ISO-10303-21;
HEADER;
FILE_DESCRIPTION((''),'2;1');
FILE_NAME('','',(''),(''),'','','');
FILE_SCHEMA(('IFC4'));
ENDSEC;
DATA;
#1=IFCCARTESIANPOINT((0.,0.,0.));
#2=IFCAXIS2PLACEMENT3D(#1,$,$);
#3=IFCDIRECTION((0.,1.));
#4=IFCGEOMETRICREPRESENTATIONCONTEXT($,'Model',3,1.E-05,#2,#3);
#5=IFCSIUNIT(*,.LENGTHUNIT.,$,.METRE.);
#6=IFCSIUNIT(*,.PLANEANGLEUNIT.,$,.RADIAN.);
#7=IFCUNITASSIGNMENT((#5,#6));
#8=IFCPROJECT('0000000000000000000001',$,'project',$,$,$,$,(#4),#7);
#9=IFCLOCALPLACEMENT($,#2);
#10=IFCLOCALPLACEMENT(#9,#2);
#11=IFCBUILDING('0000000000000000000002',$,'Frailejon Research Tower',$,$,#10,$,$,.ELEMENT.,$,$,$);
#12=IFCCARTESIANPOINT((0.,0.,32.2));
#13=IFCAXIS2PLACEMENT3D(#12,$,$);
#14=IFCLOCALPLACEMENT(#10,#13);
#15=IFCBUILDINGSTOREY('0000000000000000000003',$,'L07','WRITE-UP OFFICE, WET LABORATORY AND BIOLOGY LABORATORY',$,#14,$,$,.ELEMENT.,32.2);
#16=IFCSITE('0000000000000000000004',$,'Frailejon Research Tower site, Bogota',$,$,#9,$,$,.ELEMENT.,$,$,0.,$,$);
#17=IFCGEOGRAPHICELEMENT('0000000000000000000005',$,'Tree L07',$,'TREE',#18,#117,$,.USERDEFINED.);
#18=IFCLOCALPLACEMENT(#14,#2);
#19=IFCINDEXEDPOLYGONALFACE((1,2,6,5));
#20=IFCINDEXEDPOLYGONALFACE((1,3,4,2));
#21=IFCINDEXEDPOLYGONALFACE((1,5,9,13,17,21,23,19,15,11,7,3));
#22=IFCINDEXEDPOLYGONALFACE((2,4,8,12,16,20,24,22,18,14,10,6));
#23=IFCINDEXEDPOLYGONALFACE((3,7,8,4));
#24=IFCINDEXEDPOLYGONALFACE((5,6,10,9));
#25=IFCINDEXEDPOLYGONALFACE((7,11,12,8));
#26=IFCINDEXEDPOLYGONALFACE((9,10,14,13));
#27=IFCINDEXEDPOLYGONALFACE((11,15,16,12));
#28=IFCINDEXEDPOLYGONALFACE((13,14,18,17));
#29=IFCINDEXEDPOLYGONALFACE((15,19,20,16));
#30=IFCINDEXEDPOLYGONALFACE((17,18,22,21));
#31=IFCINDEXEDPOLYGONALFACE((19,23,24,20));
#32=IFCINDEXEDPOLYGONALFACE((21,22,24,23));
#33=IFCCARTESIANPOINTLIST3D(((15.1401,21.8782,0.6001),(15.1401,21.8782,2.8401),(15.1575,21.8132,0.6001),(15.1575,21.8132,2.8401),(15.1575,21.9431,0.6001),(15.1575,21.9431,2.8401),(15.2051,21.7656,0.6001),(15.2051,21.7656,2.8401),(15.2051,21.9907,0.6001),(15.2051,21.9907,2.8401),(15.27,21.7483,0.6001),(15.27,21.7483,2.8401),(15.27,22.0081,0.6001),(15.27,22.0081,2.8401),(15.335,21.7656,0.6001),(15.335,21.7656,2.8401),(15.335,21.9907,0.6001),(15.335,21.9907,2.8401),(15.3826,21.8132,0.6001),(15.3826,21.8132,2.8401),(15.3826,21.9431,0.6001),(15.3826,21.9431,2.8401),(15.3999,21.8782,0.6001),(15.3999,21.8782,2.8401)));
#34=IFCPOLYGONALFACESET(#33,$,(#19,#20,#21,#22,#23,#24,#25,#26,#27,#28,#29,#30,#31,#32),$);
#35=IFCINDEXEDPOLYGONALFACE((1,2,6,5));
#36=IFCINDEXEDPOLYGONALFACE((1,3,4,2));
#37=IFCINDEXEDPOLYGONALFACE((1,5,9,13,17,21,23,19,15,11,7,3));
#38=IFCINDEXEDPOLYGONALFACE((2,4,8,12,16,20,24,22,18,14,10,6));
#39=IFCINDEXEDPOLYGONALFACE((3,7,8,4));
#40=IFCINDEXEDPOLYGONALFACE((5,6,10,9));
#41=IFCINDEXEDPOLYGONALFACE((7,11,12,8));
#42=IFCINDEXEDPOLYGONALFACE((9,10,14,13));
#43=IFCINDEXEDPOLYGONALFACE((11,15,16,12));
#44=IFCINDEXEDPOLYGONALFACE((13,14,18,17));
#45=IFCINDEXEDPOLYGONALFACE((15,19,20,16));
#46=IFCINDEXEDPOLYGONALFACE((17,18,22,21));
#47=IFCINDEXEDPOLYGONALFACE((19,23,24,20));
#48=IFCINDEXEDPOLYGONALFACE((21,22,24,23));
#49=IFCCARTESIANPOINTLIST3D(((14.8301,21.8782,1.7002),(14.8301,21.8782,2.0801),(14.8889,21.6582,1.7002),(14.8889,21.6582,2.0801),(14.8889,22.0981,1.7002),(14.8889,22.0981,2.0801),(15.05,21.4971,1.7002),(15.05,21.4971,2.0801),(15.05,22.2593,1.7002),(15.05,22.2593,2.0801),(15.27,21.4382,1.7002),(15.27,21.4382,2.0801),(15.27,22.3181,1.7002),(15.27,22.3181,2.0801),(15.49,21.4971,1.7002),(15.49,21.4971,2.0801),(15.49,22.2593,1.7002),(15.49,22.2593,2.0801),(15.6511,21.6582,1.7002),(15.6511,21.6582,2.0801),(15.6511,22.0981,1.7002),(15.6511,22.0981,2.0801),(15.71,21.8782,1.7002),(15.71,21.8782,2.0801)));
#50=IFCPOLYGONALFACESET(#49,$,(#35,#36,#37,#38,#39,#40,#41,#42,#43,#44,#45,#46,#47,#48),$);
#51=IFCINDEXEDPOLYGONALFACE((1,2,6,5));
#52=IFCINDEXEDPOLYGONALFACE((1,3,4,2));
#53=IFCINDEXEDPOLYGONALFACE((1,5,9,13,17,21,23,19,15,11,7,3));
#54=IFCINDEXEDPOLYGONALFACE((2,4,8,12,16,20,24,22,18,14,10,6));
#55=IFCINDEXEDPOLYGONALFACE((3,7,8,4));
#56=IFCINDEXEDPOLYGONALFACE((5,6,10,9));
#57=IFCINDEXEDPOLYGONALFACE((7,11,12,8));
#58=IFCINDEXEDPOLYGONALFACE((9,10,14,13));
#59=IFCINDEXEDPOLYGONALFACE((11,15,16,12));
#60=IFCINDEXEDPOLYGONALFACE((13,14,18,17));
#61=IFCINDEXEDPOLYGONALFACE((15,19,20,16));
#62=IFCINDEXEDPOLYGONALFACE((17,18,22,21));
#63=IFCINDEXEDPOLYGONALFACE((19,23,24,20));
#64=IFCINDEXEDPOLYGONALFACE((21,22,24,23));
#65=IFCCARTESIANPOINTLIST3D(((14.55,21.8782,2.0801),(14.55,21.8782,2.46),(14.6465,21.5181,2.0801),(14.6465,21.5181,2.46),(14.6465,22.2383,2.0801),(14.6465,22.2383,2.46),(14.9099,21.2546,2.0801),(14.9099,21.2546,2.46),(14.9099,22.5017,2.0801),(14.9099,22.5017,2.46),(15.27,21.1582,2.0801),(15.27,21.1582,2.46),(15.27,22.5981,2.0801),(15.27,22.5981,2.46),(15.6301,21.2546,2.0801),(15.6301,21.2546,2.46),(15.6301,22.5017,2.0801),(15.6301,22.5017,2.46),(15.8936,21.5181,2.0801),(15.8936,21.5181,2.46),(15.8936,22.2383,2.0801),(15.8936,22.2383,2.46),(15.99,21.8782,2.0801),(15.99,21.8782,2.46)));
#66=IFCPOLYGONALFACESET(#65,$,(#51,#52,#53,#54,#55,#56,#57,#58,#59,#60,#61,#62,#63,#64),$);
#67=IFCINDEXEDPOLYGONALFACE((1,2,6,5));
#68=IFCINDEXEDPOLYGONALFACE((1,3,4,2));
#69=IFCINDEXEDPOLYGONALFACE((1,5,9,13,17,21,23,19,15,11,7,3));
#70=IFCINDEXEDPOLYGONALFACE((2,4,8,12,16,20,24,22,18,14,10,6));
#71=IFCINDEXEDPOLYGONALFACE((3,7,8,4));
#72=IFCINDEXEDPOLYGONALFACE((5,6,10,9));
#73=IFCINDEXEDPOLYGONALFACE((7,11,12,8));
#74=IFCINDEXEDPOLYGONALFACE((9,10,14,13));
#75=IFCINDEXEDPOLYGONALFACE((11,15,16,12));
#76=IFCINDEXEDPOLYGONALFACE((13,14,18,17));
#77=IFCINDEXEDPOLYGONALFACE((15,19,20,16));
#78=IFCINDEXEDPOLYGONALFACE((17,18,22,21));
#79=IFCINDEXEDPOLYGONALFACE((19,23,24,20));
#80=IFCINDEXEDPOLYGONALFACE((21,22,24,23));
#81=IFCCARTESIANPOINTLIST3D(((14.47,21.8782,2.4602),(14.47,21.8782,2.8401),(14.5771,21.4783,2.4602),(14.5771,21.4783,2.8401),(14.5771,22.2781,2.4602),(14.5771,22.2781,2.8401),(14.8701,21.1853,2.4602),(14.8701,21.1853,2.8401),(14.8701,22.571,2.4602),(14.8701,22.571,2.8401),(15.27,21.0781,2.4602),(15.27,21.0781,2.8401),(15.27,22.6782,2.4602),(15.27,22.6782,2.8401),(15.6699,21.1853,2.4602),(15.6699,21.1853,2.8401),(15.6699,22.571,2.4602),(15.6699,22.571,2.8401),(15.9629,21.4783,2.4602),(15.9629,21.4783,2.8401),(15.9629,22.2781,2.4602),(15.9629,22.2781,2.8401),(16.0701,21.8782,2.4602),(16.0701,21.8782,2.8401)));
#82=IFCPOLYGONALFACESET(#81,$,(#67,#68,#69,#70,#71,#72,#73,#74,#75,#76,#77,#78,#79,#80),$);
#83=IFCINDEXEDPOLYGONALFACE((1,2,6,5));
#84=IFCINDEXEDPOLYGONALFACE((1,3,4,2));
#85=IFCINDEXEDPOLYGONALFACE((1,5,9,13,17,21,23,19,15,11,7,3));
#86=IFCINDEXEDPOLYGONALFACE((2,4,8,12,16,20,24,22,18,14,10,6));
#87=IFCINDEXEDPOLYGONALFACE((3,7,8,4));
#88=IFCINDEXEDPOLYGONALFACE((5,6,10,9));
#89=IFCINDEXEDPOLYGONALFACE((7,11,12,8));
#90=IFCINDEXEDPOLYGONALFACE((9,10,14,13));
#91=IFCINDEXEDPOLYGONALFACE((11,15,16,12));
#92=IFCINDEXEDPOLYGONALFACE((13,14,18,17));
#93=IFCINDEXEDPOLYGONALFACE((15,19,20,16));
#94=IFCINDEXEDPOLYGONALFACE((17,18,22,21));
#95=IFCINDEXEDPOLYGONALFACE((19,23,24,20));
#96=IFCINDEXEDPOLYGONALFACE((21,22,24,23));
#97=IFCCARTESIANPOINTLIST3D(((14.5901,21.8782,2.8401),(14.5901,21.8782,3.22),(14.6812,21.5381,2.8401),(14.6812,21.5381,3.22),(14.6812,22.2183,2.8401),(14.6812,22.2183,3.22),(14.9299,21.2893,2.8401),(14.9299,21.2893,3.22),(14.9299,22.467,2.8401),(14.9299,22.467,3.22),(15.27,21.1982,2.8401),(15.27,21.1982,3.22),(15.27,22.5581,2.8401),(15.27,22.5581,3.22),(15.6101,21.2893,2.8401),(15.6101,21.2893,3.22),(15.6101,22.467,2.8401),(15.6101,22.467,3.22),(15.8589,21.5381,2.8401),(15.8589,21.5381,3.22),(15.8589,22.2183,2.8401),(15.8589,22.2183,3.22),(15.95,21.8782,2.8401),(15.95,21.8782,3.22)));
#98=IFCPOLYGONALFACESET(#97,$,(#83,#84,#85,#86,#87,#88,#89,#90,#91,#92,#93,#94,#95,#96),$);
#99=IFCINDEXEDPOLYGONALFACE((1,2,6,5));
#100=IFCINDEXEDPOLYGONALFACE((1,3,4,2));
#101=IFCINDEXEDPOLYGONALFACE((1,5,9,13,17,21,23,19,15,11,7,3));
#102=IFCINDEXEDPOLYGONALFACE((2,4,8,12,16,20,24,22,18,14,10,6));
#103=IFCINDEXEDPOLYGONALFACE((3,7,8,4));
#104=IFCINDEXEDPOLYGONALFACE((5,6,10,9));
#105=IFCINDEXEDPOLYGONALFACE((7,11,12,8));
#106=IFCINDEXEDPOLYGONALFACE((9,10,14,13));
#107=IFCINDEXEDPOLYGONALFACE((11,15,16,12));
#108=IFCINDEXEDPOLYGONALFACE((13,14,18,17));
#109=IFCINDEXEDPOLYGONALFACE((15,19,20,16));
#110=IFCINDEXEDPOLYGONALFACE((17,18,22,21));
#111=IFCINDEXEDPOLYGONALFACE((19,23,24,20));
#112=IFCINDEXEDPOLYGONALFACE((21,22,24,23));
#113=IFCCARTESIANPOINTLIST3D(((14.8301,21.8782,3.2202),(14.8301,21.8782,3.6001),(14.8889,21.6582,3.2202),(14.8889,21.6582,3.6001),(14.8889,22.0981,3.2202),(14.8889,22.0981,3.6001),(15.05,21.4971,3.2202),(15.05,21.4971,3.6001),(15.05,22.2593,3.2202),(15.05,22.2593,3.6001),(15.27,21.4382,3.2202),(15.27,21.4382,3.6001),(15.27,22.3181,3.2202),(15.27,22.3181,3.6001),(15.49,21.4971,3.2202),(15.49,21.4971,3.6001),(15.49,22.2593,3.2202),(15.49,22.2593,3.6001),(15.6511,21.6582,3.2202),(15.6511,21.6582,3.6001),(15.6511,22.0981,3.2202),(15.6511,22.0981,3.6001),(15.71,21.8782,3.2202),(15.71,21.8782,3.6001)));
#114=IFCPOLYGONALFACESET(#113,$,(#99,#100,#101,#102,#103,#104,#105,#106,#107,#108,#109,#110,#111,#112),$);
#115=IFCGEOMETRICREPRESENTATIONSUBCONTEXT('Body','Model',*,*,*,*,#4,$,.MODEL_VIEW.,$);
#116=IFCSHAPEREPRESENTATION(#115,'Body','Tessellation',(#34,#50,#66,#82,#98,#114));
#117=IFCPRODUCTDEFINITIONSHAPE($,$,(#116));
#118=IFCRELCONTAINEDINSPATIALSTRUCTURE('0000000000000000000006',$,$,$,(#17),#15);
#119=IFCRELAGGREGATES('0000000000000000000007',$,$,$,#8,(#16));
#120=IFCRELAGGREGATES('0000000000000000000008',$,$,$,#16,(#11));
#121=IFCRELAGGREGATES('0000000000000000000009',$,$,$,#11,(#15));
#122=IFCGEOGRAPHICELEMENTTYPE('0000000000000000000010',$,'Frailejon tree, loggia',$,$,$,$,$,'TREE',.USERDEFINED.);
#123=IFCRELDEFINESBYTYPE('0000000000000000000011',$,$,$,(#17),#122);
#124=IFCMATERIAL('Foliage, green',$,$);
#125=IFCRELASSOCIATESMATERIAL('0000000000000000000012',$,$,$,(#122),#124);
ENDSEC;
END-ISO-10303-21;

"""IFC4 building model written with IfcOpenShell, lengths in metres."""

from ifc_helpers import new_model, si_unit, direction, frame, origin, place, context, subcontext, project, spatial, polyline, outline, extrude, material, type_object, element, save


model = new_model("IFC4")

# Units and contexts
model_context = context("Model", 3, precision=1e-05, world=origin(), true_north=direction((0.0, 1.0)))
body_context = subcontext(model_context, "Body", "Model", "MODEL_VIEW")
ifc_project = project(units=[si_unit("LENGTHUNIT", "METRE"), si_unit("PLANEANGLEUNIT", "RADIAN")], contexts=[model_context])

# Site, building, storey
site_placement = place(None, origin())
site = spatial("IfcSite", under=ifc_project, at=site_placement, Name="Frailejon Research Tower site, Bogota", CompositionType="ELEMENT", RefElevation=0.0)
building_placement = place(site_placement, origin())
building = spatial("IfcBuilding", under=site, at=building_placement, Name="Frailejon Research Tower", CompositionType="ELEMENT")
storey_placement = place(building_placement, frame((0.0, 0.0, 32.2)))
storey = spatial("IfcBuildingStorey", under=building, at=storey_placement, Name="L07", Description="WRITE-UP OFFICE, WET LABORATORY AND BIOLOGY LABORATORY", CompositionType="ELEMENT", Elevation=32.2)

# Geographic element
ifc_material_1 = material(Name="Foliage, green")
geographic_element_type = type_object("IfcGeographicElementType", Name="Frailejon tree, loggia", ElementType="TREE", PredefinedType="USERDEFINED", material=ifc_material_1)
geographic_element_placement = place(storey_placement, frame((15.27, 21.8782, 0.6001)))
element("IfcGeographicElement", 1, at=geographic_element_placement, inside=storey, type_object=geographic_element_type, Name="Tree L07", ObjectType="TREE", PredefinedType="USERDEFINED", context=body_context, shape_type="SweptSolid", body=[
    extrude(outline(polyline([(0.1299, 0.0), (0.1125, 0.0649), (0.0649, 0.1125), (0.0, 0.1299), (-0.0649, 0.1125), (-0.1125, 0.0649), (-0.1299, 0.0), (-0.1125, -0.0649), (-0.0649, -0.1125), (0.0, -0.1299), (0.0649, -0.1125), (0.1125, -0.0649), (0.1299, 0.0)])), origin(), (0.0, 0.0, 1.0), 2.24),
    extrude(outline(polyline([(0.4399, 0.0), (0.3811, 0.22), (0.22, 0.3811), (0.0, 0.4399), (-0.22, 0.3811), (-0.3811, 0.22), (-0.4399, 0.0), (-0.3811, -0.22), (-0.22, -0.3811), (0.0, -0.4399), (0.22, -0.3811), (0.3811, -0.22), (0.4399, 0.0)])), frame((0.0, 0.0, 1.1001)), (0.0, 0.0, 1.0), 0.3799),
    extrude(outline(polyline([(0.72, 0.0), (0.6235, 0.3601), (0.3601, 0.6235), (0.0, 0.72), (-0.3601, 0.6235), (-0.6235, 0.3601), (-0.72, 0.0), (-0.6235, -0.3601), (-0.3601, -0.6235), (0.0, -0.72), (0.3601, -0.6235), (0.6235, -0.3601), (0.72, 0.0)])), frame((0.0, 0.0, 1.48)), (0.0, 0.0, 1.0), 0.3799),
    extrude(outline(polyline([(0.8, 0.0), (0.6929, 0.3999), (0.3999, 0.6929), (0.0, 0.8), (-0.3999, 0.6929), (-0.6929, 0.3999), (-0.8, 0.0), (-0.6929, -0.3999), (-0.3999, -0.6929), (0.0, -0.8), (0.3999, -0.6929), (0.6929, -0.3999), (0.8, 0.0)])), frame((0.0, 0.0, 1.8601)), (0.0, 0.0, 1.0), 0.3799),
    extrude(outline(polyline([(0.6799, 0.0), (0.5889, 0.3401), (0.3401, 0.5889), (0.0, 0.6799), (-0.3401, 0.5889), (-0.5889, 0.3401), (-0.6799, 0.0), (-0.5889, -0.3401), (-0.3401, -0.5889), (0.0, -0.6799), (0.3401, -0.5889), (0.5889, -0.3401), (0.6799, 0.0)])), frame((0.0, 0.0, 2.24)), (0.0, 0.0, 1.0), 0.3799),
    extrude(outline(polyline([(0.4399, 0.0), (0.3811, 0.22), (0.22, 0.3811), (0.0, 0.4399), (-0.22, 0.3811), (-0.3811, 0.22), (-0.4399, 0.0), (-0.3811, -0.22), (-0.22, -0.3811), (0.0, -0.4399), (0.22, -0.3811), (0.3811, -0.22), (0.4399, 0.0)])), frame((0.0, 0.0, 2.6201)), (0.0, 0.0, 1.0), 0.3799),
])

save(model, "model.ifc")
